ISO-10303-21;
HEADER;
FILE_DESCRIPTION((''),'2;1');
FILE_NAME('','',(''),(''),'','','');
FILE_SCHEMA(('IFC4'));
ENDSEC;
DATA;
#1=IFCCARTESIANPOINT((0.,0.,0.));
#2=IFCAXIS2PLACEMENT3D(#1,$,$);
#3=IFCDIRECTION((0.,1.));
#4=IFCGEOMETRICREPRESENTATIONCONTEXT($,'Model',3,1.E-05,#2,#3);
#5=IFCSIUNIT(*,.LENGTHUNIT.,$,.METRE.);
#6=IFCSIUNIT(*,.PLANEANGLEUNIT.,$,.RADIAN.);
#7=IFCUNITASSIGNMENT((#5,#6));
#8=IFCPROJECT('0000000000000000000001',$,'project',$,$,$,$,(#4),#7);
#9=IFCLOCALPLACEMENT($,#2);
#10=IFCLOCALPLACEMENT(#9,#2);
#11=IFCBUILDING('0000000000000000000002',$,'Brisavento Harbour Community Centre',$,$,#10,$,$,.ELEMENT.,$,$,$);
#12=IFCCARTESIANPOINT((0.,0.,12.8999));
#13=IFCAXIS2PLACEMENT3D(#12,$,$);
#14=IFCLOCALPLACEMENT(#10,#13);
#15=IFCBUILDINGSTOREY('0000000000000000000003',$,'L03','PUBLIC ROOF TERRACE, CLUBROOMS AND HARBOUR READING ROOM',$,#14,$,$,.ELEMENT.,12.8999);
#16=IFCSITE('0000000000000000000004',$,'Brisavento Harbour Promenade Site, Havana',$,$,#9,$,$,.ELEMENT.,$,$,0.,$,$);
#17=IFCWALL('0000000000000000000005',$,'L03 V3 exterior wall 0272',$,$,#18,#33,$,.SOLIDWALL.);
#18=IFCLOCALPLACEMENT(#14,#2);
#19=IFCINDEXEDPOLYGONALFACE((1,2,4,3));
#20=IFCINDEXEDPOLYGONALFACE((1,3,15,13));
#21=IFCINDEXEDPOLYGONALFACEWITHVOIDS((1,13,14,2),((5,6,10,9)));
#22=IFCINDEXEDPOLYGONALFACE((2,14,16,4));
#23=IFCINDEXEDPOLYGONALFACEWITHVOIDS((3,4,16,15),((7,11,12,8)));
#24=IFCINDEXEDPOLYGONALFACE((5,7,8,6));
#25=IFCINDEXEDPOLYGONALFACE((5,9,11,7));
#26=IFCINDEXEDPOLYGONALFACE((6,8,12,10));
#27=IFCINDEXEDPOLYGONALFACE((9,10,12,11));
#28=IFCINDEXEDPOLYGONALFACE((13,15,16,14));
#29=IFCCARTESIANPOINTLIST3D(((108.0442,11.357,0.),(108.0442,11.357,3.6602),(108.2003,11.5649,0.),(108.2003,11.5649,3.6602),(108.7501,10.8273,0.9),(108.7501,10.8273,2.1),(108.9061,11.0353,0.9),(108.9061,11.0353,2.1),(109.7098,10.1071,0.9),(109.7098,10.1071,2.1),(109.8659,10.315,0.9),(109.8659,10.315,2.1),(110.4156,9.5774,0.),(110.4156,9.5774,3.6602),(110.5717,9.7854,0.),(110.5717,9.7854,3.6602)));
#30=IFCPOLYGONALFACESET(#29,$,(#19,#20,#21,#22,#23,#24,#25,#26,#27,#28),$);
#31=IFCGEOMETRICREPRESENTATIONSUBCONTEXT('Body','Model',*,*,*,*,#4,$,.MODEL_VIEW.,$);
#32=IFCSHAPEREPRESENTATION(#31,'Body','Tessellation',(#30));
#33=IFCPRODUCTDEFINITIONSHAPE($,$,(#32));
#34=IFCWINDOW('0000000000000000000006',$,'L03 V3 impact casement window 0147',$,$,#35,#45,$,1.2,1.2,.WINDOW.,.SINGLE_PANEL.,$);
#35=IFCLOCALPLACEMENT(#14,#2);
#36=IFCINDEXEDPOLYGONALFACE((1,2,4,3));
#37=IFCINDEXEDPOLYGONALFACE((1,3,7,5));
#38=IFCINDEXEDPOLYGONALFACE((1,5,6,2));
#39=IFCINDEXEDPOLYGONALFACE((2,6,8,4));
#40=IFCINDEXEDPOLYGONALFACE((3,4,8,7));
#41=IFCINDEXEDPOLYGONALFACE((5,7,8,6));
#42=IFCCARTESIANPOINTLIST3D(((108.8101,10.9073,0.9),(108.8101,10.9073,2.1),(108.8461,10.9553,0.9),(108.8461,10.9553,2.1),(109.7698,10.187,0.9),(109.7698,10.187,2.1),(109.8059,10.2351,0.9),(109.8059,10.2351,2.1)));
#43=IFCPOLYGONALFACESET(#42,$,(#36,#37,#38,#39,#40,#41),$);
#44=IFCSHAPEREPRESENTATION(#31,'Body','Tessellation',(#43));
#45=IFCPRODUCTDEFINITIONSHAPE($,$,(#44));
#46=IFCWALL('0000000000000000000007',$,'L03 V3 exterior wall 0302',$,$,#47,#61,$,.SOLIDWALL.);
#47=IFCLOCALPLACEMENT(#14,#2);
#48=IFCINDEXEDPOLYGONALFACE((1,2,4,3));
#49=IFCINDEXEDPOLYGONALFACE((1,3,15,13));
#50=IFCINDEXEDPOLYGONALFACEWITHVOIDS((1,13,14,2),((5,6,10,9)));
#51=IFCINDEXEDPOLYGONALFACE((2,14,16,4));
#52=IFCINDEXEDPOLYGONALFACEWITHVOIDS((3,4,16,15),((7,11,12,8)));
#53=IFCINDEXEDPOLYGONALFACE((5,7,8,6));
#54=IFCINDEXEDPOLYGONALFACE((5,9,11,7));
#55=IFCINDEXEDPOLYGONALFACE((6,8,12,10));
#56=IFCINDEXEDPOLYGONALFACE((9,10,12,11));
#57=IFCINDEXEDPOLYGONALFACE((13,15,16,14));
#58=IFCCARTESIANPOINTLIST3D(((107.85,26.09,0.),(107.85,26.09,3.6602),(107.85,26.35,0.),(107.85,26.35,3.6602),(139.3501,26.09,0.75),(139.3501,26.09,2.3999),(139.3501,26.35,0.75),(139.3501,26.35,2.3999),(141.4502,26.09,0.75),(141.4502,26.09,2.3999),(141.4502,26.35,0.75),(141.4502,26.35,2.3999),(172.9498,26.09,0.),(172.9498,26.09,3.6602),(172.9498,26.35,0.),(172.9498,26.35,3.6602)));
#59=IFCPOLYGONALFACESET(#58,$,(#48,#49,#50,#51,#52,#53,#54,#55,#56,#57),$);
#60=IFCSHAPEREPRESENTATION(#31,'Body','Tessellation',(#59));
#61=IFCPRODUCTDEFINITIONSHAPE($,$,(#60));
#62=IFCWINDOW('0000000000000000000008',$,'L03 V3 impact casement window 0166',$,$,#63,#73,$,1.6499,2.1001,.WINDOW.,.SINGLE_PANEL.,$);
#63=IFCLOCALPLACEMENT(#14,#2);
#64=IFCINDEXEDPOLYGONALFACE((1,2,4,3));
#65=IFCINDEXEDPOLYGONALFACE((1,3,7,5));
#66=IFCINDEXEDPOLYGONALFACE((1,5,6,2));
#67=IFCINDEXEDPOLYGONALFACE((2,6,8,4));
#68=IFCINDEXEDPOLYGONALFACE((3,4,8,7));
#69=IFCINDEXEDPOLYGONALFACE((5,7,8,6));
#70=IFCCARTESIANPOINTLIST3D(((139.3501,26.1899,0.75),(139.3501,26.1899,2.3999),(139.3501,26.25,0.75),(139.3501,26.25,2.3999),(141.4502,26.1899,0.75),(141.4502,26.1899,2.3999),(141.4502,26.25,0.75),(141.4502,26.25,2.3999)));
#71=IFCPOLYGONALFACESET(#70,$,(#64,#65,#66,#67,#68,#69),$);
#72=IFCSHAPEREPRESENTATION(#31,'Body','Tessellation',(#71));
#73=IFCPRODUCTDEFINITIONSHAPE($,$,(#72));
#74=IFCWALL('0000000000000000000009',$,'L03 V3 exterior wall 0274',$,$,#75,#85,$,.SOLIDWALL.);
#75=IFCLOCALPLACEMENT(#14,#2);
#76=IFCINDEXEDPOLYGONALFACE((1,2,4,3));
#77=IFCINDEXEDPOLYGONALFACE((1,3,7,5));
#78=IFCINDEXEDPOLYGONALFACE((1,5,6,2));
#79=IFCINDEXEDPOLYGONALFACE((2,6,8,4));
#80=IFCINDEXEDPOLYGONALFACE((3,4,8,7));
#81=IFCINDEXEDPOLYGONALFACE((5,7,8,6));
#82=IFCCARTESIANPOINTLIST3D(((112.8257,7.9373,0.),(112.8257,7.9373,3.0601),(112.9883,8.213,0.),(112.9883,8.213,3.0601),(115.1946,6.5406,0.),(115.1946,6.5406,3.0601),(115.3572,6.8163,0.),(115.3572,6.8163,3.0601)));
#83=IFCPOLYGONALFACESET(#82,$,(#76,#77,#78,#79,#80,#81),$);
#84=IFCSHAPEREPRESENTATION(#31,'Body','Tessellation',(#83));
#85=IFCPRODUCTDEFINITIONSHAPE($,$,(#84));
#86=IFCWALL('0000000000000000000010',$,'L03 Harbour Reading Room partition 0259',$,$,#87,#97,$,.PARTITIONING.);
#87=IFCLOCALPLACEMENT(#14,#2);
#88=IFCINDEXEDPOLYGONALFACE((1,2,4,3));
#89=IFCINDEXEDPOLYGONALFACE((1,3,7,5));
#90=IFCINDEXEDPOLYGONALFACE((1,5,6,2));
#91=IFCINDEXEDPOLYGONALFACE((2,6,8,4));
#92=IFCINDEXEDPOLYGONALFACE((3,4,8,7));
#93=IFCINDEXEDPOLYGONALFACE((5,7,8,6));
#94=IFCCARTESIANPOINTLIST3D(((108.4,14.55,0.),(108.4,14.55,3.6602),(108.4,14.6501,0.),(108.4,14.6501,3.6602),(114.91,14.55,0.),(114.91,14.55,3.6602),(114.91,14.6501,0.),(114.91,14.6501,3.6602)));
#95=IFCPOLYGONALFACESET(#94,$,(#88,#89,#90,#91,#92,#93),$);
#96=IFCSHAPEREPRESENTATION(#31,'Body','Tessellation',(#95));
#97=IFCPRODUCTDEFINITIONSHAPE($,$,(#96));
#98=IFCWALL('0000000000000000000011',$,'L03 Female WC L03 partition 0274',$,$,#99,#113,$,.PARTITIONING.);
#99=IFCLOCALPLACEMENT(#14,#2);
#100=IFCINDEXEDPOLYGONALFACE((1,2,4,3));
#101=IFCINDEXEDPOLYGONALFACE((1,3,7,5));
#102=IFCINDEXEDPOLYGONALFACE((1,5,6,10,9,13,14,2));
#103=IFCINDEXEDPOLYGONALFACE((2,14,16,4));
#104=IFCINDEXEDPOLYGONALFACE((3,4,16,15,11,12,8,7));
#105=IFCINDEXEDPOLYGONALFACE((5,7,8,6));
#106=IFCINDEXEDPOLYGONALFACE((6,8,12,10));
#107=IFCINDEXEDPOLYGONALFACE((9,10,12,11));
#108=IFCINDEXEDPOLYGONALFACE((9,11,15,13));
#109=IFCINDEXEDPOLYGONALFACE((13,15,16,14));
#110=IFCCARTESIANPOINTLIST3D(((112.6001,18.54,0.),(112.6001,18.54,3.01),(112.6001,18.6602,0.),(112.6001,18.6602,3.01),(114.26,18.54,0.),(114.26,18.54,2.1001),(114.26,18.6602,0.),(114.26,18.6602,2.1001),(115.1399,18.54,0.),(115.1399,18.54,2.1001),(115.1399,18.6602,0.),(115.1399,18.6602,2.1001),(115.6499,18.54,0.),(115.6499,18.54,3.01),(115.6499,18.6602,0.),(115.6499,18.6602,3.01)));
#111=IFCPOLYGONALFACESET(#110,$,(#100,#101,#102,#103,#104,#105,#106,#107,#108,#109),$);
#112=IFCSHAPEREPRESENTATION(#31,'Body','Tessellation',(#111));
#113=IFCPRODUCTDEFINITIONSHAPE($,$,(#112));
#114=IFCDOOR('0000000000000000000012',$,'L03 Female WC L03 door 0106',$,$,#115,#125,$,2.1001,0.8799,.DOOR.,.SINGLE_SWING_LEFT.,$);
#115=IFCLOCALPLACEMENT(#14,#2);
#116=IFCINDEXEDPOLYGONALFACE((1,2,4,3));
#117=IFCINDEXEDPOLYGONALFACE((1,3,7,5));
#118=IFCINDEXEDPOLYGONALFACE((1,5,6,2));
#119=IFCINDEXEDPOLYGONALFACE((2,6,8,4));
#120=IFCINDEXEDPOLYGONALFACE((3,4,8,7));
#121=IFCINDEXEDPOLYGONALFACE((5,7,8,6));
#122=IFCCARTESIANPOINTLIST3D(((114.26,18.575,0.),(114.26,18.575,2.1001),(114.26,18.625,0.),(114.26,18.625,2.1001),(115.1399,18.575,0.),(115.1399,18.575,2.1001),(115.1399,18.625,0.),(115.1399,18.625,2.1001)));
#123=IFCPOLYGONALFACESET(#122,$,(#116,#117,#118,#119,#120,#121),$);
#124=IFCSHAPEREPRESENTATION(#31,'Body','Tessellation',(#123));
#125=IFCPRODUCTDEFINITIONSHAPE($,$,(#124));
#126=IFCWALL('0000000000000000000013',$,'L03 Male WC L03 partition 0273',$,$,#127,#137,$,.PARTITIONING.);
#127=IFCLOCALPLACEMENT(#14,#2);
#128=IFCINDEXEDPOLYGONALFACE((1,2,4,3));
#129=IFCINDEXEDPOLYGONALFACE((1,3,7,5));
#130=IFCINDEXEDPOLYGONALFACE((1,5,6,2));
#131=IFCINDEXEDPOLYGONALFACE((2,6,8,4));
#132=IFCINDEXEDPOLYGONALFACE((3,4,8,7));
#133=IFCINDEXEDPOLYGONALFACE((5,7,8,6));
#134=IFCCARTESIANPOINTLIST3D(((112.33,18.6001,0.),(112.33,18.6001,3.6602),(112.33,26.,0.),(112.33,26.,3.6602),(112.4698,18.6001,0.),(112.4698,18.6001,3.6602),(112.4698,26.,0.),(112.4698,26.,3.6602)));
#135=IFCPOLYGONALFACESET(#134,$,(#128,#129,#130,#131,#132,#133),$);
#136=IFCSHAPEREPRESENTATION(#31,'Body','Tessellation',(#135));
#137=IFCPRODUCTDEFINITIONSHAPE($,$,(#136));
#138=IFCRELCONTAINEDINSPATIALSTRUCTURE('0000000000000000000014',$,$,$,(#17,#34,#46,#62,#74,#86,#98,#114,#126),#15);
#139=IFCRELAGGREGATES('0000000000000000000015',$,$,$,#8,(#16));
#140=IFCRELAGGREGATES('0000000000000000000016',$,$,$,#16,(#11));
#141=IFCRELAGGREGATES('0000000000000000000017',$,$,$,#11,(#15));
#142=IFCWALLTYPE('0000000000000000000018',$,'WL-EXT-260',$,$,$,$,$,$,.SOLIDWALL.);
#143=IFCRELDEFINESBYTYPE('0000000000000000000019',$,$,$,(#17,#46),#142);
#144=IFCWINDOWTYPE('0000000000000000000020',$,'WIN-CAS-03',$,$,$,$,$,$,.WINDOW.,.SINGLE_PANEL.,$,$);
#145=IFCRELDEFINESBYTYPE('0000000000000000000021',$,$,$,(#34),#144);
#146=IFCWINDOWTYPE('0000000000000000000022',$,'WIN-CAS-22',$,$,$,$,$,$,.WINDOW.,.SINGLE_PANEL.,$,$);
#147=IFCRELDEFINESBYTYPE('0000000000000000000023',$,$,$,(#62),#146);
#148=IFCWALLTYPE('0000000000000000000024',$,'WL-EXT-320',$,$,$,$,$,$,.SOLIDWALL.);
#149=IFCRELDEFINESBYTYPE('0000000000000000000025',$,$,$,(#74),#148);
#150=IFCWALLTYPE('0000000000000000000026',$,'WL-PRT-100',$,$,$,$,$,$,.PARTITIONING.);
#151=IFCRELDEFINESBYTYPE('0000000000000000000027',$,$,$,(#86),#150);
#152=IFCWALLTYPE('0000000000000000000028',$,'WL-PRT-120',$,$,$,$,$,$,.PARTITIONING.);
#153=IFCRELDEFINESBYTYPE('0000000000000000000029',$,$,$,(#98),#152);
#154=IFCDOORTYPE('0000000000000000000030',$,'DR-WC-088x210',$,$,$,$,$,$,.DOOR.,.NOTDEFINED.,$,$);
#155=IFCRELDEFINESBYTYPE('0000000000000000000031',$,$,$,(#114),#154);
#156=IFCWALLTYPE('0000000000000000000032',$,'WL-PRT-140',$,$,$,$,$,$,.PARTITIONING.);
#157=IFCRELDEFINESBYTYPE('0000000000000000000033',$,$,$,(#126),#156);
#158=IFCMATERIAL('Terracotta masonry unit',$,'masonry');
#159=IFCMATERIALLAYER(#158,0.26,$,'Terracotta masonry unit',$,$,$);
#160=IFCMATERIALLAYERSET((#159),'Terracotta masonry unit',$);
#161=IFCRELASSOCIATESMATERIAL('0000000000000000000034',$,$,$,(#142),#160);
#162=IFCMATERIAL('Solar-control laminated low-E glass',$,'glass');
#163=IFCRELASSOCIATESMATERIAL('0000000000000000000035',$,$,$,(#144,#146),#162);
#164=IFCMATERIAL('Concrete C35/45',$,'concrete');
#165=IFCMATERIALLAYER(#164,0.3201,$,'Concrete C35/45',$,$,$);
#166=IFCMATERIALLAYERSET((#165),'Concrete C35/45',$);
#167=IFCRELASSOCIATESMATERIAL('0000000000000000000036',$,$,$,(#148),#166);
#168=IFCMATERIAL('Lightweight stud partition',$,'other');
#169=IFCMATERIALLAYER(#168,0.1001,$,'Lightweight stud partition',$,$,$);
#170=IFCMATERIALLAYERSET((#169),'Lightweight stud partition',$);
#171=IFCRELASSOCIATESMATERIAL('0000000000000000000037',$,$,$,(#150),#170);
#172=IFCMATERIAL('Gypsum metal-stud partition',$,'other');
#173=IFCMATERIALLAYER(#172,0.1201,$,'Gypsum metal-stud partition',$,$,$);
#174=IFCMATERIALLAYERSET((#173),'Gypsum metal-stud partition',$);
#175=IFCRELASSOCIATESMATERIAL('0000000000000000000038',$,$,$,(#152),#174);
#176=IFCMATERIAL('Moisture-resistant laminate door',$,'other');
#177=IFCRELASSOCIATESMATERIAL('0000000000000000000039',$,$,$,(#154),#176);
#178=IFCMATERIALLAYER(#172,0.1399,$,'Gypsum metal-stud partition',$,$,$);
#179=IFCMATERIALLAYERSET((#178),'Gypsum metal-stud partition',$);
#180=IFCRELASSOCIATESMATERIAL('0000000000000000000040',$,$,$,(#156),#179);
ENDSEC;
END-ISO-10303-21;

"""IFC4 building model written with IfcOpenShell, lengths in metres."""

from ifc_helpers import new_model, si_unit, direction, frame, frame_2d, origin, place, context, subcontext, project, spatial, rectangle, extrude, material, layer, layer_set, type_object, element, fill, save


model = new_model("IFC4")

# Units and contexts
model_context = context("Model", 3, precision=1e-05, world=origin(), true_north=direction((0.0, 1.0)))
body_context = subcontext(model_context, "Body", "Model", "MODEL_VIEW")
ifc_project = project(units=[si_unit("LENGTHUNIT", "METRE"), si_unit("PLANEANGLEUNIT", "RADIAN")], contexts=[model_context])

# Site, building, storey
site_placement = place(None, origin())
site = spatial("IfcSite", under=ifc_project, at=site_placement, Name="Brisavento Harbour Promenade Site, Havana", CompositionType="ELEMENT", RefElevation=0.0)
building_placement = place(site_placement, origin())
building = spatial("IfcBuilding", under=site, at=building_placement, Name="Brisavento Harbour Community Centre", CompositionType="ELEMENT")
storey_placement = place(building_placement, frame((0.0, 0.0, 12.8999)))
storey = spatial("IfcBuildingStorey", under=building, at=storey_placement, Name="L03", Description="PUBLIC ROOF TERRACE, CLUBROOMS AND HARBOUR READING ROOM", CompositionType="ELEMENT", Elevation=12.8999)

# Shared definitions
ifc_material_1 = material(Name="Concrete C35/45", Category="concrete")

# Shared definitions
ifc_material_2 = material(Name="Terracotta masonry unit", Category="masonry")
ifc_material_3 = material(Name="Solar-control laminated low-E glass", Category="glass")

# Walls, openings, windows
ifc_layer_1 = layer(ifc_material_2, 0.26, Name="Terracotta masonry unit")
ifc_layer_set_1 = layer_set([ifc_layer_1], Name="Terracotta masonry unit")
wall_type_1 = type_object("IfcWallType", Name="WL-EXT-260", PredefinedType="SOLIDWALL", material=ifc_layer_set_1)
wall_1_placement = place(storey_placement, frame((110.4937, 9.6814, 0.0), z_axis=(0.0, 0.0, 1.0), x_axis=(-0.799832, 0.600224, 0.0)))
wall_1 = element("IfcWall", 1, at=wall_1_placement, inside=storey, type_object=wall_type_1, Name="L03 V3 exterior wall 0272", PredefinedType="SOLIDWALL", context=body_context, shape_type="SweptSolid", body=[
    extrude(rectangle(XDim=2.9648, YDim=0.26, at=frame_2d((1.4824, 0.0))), origin(), (0.0, 0.0, 1.0), 3.6602),
])
opening_1_placement = place(wall_1_placement, frame((0.8823, 0.0, 0.8999)))
opening_1 = element("IfcOpeningElement", 2, at=opening_1_placement, cuts=wall_1, PredefinedType="OPENING", context=body_context, shape_type="SweptSolid", body=[
    extrude(rectangle(XDim=1.2, YDim=1.2, at=frame_2d((0.6001, 0.6001))), frame((0.0, 0.1401, 0.0), z_axis=(0.0, -1.0, 0.0), x_axis=(1.0, 0.0, 0.0)), (0.0, 0.0, 1.0), 0.28),
])
window_type_1 = type_object("IfcWindowType", Name="WIN-CAS-03", PartitioningType="SINGLE_PANEL", PredefinedType="WINDOW", material=ifc_material_3)
window_1_placement = place(opening_1_placement, origin())
window_1 = element("IfcWindow", 3, at=window_1_placement, inside=storey, type_object=window_type_1, Name="L03 V3 impact casement window 0147", OverallHeight=1.2, OverallWidth=1.2, PartitioningType="SINGLE_PANEL", PredefinedType="WINDOW", context=body_context, shape_type="SweptSolid", body=[
    extrude(rectangle(XDim=1.2, YDim=1.2, at=frame_2d((0.6001, 0.6001))), frame((0.0, 0.03, 0.0), z_axis=(0.0, -1.0, 0.0), x_axis=(1.0, 0.0, 0.0)), (0.0, 0.0, 1.0), 0.0601),
])
fill(opening_1, window_1)
wall_2_placement = place(storey_placement, frame((107.8501, 26.22, 0.0), z_axis=(0.0, 0.0, 1.0), x_axis=(1.0, 0.0, 0.0)))
wall_2 = element("IfcWall", 4, at=wall_2_placement, inside=storey, type_object=wall_type_1, Name="L03 V3 exterior wall 0302", PredefinedType="SOLIDWALL", context=body_context, shape_type="SweptSolid", body=[
    extrude(rectangle(XDim=65.0999, YDim=0.26, at=frame_2d((32.5498, 0.0))), origin(), (0.0, 0.0, 1.0), 3.6602),
])
opening_2_placement = place(wall_2_placement, frame((31.5, 0.0, 0.75)))
opening_2 = element("IfcOpeningElement", 5, at=opening_2_placement, cuts=wall_2, PredefinedType="OPENING", context=body_context, shape_type="SweptSolid", body=[
    extrude(rectangle(XDim=2.1001, YDim=1.6499, at=frame_2d((1.05, 0.825))), frame((0.0, 0.1401, 0.0), z_axis=(0.0, -1.0, 0.0), x_axis=(1.0, 0.0, 0.0)), (0.0, 0.0, 1.0), 0.28),
])
window_type_2 = type_object("IfcWindowType", Name="WIN-CAS-22", PartitioningType="SINGLE_PANEL", PredefinedType="WINDOW", material=ifc_material_3)
window_2_placement = place(opening_2_placement, origin())
window_2 = element("IfcWindow", 6, at=window_2_placement, inside=storey, type_object=window_type_2, Name="L03 V3 impact casement window 0166", OverallHeight=1.6499, OverallWidth=2.1001, PartitioningType="SINGLE_PANEL", PredefinedType="WINDOW", context=body_context, shape_type="SweptSolid", body=[
    extrude(rectangle(XDim=2.1001, YDim=1.6499, at=frame_2d((1.05, 0.825))), frame((0.0, 0.03, 0.0), z_axis=(0.0, -1.0, 0.0), x_axis=(1.0, 0.0, 0.0)), (0.0, 0.0, 1.0), 0.0601),
])
fill(opening_2, window_2)

# Walls
ifc_layer_2 = layer(ifc_material_1, 0.3201, Name="Concrete C35/45")
ifc_layer_set_2 = layer_set([ifc_layer_2], Name="Concrete C35/45")
wall_type_2 = type_object("IfcWallType", Name="WL-EXT-320", PredefinedType="SOLIDWALL", material=ifc_layer_set_2)
wall_3_placement = place(storey_placement, frame((115.2759, 6.6785, 0.0), z_axis=(0.0, 0.0, 1.0), x_axis=(-0.861416, 0.507901, 0.0)))
element("IfcWall", 7, at=wall_3_placement, inside=storey, type_object=wall_type_2, Name="L03 V3 exterior wall 0274", PredefinedType="SOLIDWALL", context=body_context, shape_type="SweptSolid", body=[
    extrude(rectangle(XDim=2.75, YDim=0.3201, at=frame_2d((1.375, 0.0))), origin(), (0.0, 0.0, 1.0), 3.0601),
])
ifc_material_4 = material(Name="Lightweight stud partition", Category="other")
ifc_layer_3 = layer(ifc_material_4, 0.1001, Name="Lightweight stud partition")
ifc_layer_set_3 = layer_set([ifc_layer_3], Name="Lightweight stud partition")
wall_type_3 = type_object("IfcWallType", Name="WL-PRT-100", PredefinedType="PARTITIONING", material=ifc_layer_set_3)
wall_4_placement = place(storey_placement, frame((114.9099, 14.6001, 0.0), z_axis=(0.0, 0.0, 1.0), x_axis=(-1.0, 0.0, 0.0)))
element("IfcWall", 8, at=wall_4_placement, inside=storey, type_object=wall_type_3, Name="L03 Harbour Reading Room partition 0259", PredefinedType="PARTITIONING", context=body_context, shape_type="SweptSolid", body=[
    extrude(rectangle(XDim=6.51, YDim=0.1001, at=frame_2d((3.2549, 0.0))), origin(), (0.0, 0.0, 1.0), 3.6602),
])

# Wall, opening, door
ifc_material_5 = material(Name="Gypsum metal-stud partition", Category="other")
ifc_layer_4 = layer(ifc_material_5, 0.1201, Name="Gypsum metal-stud partition")
ifc_layer_set_4 = layer_set([ifc_layer_4], Name="Gypsum metal-stud partition")
wall_type_4 = type_object("IfcWallType", Name="WL-PRT-120", PredefinedType="PARTITIONING", material=ifc_layer_set_4)
wall_5_placement = place(storey_placement, frame((112.6001, 18.6001, 0.0), z_axis=(0.0, 0.0, 1.0), x_axis=(1.0, 0.0, 0.0)))
wall_5 = element("IfcWall", 9, at=wall_5_placement, inside=storey, type_object=wall_type_4, Name="L03 Female WC L03 partition 0274", PredefinedType="PARTITIONING", context=body_context, shape_type="SweptSolid", body=[
    extrude(rectangle(XDim=3.0498, YDim=0.1201, at=frame_2d((1.5249, 0.0))), origin(), (0.0, 0.0, 1.0), 3.01),
])
opening_3_placement = place(wall_5_placement, frame((1.6599, 0.0, 0.0)))
opening_3 = element("IfcOpeningElement", 10, at=opening_3_placement, cuts=wall_5, PredefinedType="OPENING", context=body_context, shape_type="SweptSolid", body=[
    extrude(rectangle(XDim=0.8799, YDim=2.1001, at=frame_2d((0.4399, 1.05))), frame((0.0, 0.0701, 0.0), z_axis=(0.0, -1.0, 0.0), x_axis=(1.0, 0.0, 0.0)), (0.0, 0.0, 1.0), 0.1401),
])
ifc_material_6 = material(Name="Moisture-resistant laminate door", Category="other")
door_type_1 = type_object("IfcDoorType", Name="DR-WC-088x210", OperationType="NOTDEFINED", PredefinedType="DOOR", material=ifc_material_6)
door_1_placement = place(opening_3_placement, origin())
door_1 = element("IfcDoor", 11, at=door_1_placement, inside=storey, type_object=door_type_1, Name="L03 Female WC L03 door 0106", OperationType="SINGLE_SWING_LEFT", OverallHeight=2.1001, OverallWidth=0.8799, PredefinedType="DOOR", context=body_context, shape_type="SweptSolid", body=[
    extrude(rectangle(XDim=0.8799, YDim=2.1001, at=frame_2d((0.4399, 1.05))), frame((0.0, 0.0249, 0.0), z_axis=(0.0, -1.0, 0.0), x_axis=(1.0, 0.0, 0.0)), (0.0, 0.0, 1.0), 0.05),
])
fill(opening_3, door_1)

# Wall
ifc_layer_5 = layer(ifc_material_5, 0.1399, Name="Gypsum metal-stud partition")
ifc_layer_set_5 = layer_set([ifc_layer_5], Name="Gypsum metal-stud partition")
wall_type_5 = type_object("IfcWallType", Name="WL-PRT-140", PredefinedType="PARTITIONING", material=ifc_layer_set_5)
wall_6_placement = place(storey_placement, frame((112.3999, 18.6001, 0.0), z_axis=(0.0, 0.0, 1.0), x_axis=(0.0, 1.0, 0.0)))
element("IfcWall", 12, at=wall_6_placement, inside=storey, type_object=wall_type_5, Name="L03 Male WC L03 partition 0273", PredefinedType="PARTITIONING", context=body_context, shape_type="SweptSolid", body=[
    extrude(rectangle(XDim=7.3999, YDim=0.1399, at=frame_2d((3.7, 0.0))), origin(), (0.0, 0.0, 1.0), 3.6602),
])

save(model, "model.ifc")
